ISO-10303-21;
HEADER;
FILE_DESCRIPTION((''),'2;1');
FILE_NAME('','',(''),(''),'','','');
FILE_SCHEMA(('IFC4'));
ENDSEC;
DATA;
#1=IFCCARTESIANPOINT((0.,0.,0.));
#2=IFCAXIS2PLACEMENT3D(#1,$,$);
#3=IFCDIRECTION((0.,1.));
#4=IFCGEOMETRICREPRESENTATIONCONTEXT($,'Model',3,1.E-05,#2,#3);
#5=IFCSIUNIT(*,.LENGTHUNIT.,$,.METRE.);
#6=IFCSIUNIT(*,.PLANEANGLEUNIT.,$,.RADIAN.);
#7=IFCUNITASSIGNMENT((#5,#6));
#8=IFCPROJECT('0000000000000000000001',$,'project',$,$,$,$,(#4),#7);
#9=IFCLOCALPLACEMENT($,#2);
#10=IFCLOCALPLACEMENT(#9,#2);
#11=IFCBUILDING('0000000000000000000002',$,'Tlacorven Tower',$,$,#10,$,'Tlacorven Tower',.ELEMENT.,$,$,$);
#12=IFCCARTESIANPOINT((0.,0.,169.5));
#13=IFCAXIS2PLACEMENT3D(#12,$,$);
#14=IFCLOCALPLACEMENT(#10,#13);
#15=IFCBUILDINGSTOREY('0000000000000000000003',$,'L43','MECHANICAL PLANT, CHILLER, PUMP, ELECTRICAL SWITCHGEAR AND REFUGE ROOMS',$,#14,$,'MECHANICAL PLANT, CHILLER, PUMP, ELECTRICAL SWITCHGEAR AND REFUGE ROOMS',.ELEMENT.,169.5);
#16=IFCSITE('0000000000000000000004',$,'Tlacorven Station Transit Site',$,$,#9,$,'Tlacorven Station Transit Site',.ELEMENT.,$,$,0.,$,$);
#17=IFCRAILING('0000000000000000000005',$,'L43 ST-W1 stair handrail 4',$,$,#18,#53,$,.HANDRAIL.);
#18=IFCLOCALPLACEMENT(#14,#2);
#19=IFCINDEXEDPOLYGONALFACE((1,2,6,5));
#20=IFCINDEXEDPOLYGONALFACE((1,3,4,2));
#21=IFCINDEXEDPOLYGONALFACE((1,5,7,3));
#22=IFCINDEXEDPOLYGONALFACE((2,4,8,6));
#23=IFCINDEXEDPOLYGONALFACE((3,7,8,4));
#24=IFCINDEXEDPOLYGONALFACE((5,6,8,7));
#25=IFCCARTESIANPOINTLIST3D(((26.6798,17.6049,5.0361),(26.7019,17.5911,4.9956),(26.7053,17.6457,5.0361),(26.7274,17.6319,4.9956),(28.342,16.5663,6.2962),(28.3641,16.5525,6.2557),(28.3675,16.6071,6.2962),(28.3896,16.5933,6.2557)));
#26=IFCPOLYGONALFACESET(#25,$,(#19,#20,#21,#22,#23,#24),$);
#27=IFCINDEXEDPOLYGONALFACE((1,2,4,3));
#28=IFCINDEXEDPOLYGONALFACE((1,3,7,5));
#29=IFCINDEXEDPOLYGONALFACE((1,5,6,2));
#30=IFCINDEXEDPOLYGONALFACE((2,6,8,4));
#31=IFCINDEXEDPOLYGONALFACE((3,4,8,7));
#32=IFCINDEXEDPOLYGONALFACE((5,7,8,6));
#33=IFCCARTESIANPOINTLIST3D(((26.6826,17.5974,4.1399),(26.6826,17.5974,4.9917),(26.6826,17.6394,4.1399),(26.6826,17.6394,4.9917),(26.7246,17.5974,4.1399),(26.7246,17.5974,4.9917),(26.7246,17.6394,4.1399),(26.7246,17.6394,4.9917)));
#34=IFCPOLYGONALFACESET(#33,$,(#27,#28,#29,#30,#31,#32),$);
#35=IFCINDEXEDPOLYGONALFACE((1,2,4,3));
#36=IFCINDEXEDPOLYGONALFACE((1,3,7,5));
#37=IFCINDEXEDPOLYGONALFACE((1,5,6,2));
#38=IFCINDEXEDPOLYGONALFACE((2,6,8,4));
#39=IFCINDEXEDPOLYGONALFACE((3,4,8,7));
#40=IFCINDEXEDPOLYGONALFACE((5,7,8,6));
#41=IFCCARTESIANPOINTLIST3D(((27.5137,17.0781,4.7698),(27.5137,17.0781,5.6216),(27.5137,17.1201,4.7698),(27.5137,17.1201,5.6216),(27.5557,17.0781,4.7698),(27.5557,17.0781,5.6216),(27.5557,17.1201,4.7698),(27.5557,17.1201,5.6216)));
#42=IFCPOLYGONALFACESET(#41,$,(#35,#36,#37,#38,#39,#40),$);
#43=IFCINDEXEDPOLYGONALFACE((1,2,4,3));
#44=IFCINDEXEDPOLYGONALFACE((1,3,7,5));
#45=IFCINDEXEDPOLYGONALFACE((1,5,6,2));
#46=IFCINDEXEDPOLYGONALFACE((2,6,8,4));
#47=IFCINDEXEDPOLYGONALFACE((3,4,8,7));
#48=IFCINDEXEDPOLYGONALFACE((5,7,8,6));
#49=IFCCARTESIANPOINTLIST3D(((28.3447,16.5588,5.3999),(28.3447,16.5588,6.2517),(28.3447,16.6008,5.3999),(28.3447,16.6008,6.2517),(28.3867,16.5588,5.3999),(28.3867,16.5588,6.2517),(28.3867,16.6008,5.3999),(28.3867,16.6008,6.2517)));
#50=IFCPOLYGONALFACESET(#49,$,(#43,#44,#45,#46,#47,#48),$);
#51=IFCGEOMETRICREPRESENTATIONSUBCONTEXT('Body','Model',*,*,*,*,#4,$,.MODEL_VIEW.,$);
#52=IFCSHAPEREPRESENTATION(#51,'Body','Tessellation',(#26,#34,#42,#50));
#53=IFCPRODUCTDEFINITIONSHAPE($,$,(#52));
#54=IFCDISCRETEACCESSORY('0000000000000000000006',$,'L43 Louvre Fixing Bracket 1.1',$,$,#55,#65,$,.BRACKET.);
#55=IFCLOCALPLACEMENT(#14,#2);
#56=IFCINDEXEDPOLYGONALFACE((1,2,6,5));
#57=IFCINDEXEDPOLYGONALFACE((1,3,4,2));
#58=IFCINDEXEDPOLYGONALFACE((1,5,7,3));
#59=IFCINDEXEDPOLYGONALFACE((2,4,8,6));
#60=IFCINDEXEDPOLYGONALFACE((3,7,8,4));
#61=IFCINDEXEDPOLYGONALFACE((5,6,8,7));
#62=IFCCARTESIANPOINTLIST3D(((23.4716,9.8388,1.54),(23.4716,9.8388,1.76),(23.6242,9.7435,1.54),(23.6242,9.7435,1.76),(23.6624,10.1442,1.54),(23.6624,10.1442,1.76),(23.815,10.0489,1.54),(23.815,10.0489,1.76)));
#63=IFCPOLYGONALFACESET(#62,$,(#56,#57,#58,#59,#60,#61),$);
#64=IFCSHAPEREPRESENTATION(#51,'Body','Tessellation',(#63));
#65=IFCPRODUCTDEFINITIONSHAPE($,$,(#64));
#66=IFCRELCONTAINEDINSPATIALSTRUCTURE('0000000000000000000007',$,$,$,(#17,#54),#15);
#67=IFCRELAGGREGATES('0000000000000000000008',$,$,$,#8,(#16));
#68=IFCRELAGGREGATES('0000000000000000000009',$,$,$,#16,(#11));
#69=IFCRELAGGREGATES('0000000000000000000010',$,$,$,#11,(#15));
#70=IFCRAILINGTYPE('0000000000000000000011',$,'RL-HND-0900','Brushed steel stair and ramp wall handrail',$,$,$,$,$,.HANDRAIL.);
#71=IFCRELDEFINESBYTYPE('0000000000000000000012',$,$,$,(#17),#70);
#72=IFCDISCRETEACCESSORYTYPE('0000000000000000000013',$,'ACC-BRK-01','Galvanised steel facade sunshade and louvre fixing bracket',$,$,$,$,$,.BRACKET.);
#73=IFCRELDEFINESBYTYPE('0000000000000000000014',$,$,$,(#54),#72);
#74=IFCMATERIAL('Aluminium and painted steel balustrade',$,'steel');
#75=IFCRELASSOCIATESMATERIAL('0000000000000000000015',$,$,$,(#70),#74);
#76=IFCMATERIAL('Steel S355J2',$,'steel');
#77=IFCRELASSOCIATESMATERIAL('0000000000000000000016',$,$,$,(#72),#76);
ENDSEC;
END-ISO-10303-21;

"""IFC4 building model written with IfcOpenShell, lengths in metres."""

from ifc_helpers import new_model, si_unit, direction, frame, origin, origin_2d, place, context, subcontext, project, spatial, rectangle, extrude, source, transform, mapped, material, type_object, element, save


model = new_model("IFC4")

# Units and contexts
model_context = context("Model", 3, precision=1e-05, world=origin(), true_north=direction((0.0, 1.0)))
body_context = subcontext(model_context, "Body", "Model", "MODEL_VIEW")
ifc_project = project(units=[si_unit("LENGTHUNIT", "METRE"), si_unit("PLANEANGLEUNIT", "RADIAN")], contexts=[model_context])

# Site, building, storey
site_placement = place(None, origin())
site = spatial("IfcSite", under=ifc_project, at=site_placement, Name="Tlacorven Station Transit Site", LongName="Tlacorven Station Transit Site", CompositionType="ELEMENT", RefElevation=0.0)
building_placement = place(site_placement, origin())
building = spatial("IfcBuilding", under=site, at=building_placement, Name="Tlacorven Tower", LongName="Tlacorven Tower", CompositionType="ELEMENT")
storey_placement = place(building_placement, frame((0.0, 0.0, 169.5)))
storey = spatial("IfcBuildingStorey", under=building, at=storey_placement, Name="L43", Description="MECHANICAL PLANT, CHILLER, PUMP, ELECTRICAL SWITCHGEAR AND REFUGE ROOMS", LongName="MECHANICAL PLANT, CHILLER, PUMP, ELECTRICAL SWITCHGEAR AND REFUGE ROOMS", CompositionType="ELEMENT", Elevation=169.5)

# Shared definitions
ifc_material_1 = material(Name="Steel S355J2", Category="steel")

# Shared definitions
ifc_material_2 = material(Name="Aluminium and painted steel balustrade", Category="steel")

# Railing
railing_type_1 = type_object("IfcRailingType", Name="RL-HND-0900", Description="Brushed steel stair and ramp wall handrail", PredefinedType="HANDRAIL", material=ifc_material_2)
shared_shape_1 = source(origin(), body_context, "Body", "SweptSolid", [
    extrude(rectangle(XDim=0.0481, YDim=0.0481, at=origin_2d()), frame((0.0, 0.0, 0.876), z_axis=(0.713354, -0.445741, 0.540778), x_axis=(0.529909, 0.848054, 0.0)), (0.0, 0.0, 1.0), 2.3301),
    extrude(rectangle(XDim=0.042, YDim=0.042, at=origin_2d()), origin(), (0.0, 0.0, 1.0), 0.8518),
    extrude(rectangle(XDim=0.042, YDim=0.042, at=origin_2d()), frame((0.8311, -0.5193, 0.6299)), (0.0, 0.0, 1.0), 0.8518),
    extrude(rectangle(XDim=0.042, YDim=0.042, at=origin_2d()), frame((1.6621, -1.0386, 1.26)), (0.0, 0.0, 1.0), 0.8518),
])
for number, where, name in (
    (1, (26.7036, 17.6184, 4.1399), "L43 ST-W1 stair handrail 4"),
):
    element("IfcRailing", number, at=place(storey_placement, frame(where)), inside=storey, type_object=railing_type_1, Name=name, PredefinedType="HANDRAIL", context=body_context, shape_type="MappedRepresentation", body=[
        mapped(shared_shape_1, transform((0.0, 0.0, 0.0), scale=1.0)),
    ])

# Discrete accessory
discrete_accessory_type = type_object("IfcDiscreteAccessoryType", Name="ACC-BRK-01", Description="Galvanised steel facade sunshade and louvre fixing bracket", PredefinedType="BRACKET", material=ifc_material_1)
shared_shape_2 = source(origin(), body_context, "Body", "SweptSolid", [
    extrude(rectangle(XDim=0.1799, YDim=0.3601, at=origin_2d()), origin(), (0.0, 0.0, 1.0), 0.22),
])
discrete_accessory_placement = place(storey_placement, frame((23.6433, 9.9438, 1.54), z_axis=(0.0, 0.0, 1.0), x_axis=(-0.848048, 0.529919, 0.0)))
element("IfcDiscreteAccessory", 2, at=discrete_accessory_placement, inside=storey, type_object=discrete_accessory_type, Name="L43 Louvre Fixing Bracket 1.1", PredefinedType="BRACKET", context=body_context, shape_type="MappedRepresentation", body=[
    mapped(shared_shape_2, transform((0.0, 0.0, 0.0), scale=1.0)),
])

save(model, "model.ifc")
